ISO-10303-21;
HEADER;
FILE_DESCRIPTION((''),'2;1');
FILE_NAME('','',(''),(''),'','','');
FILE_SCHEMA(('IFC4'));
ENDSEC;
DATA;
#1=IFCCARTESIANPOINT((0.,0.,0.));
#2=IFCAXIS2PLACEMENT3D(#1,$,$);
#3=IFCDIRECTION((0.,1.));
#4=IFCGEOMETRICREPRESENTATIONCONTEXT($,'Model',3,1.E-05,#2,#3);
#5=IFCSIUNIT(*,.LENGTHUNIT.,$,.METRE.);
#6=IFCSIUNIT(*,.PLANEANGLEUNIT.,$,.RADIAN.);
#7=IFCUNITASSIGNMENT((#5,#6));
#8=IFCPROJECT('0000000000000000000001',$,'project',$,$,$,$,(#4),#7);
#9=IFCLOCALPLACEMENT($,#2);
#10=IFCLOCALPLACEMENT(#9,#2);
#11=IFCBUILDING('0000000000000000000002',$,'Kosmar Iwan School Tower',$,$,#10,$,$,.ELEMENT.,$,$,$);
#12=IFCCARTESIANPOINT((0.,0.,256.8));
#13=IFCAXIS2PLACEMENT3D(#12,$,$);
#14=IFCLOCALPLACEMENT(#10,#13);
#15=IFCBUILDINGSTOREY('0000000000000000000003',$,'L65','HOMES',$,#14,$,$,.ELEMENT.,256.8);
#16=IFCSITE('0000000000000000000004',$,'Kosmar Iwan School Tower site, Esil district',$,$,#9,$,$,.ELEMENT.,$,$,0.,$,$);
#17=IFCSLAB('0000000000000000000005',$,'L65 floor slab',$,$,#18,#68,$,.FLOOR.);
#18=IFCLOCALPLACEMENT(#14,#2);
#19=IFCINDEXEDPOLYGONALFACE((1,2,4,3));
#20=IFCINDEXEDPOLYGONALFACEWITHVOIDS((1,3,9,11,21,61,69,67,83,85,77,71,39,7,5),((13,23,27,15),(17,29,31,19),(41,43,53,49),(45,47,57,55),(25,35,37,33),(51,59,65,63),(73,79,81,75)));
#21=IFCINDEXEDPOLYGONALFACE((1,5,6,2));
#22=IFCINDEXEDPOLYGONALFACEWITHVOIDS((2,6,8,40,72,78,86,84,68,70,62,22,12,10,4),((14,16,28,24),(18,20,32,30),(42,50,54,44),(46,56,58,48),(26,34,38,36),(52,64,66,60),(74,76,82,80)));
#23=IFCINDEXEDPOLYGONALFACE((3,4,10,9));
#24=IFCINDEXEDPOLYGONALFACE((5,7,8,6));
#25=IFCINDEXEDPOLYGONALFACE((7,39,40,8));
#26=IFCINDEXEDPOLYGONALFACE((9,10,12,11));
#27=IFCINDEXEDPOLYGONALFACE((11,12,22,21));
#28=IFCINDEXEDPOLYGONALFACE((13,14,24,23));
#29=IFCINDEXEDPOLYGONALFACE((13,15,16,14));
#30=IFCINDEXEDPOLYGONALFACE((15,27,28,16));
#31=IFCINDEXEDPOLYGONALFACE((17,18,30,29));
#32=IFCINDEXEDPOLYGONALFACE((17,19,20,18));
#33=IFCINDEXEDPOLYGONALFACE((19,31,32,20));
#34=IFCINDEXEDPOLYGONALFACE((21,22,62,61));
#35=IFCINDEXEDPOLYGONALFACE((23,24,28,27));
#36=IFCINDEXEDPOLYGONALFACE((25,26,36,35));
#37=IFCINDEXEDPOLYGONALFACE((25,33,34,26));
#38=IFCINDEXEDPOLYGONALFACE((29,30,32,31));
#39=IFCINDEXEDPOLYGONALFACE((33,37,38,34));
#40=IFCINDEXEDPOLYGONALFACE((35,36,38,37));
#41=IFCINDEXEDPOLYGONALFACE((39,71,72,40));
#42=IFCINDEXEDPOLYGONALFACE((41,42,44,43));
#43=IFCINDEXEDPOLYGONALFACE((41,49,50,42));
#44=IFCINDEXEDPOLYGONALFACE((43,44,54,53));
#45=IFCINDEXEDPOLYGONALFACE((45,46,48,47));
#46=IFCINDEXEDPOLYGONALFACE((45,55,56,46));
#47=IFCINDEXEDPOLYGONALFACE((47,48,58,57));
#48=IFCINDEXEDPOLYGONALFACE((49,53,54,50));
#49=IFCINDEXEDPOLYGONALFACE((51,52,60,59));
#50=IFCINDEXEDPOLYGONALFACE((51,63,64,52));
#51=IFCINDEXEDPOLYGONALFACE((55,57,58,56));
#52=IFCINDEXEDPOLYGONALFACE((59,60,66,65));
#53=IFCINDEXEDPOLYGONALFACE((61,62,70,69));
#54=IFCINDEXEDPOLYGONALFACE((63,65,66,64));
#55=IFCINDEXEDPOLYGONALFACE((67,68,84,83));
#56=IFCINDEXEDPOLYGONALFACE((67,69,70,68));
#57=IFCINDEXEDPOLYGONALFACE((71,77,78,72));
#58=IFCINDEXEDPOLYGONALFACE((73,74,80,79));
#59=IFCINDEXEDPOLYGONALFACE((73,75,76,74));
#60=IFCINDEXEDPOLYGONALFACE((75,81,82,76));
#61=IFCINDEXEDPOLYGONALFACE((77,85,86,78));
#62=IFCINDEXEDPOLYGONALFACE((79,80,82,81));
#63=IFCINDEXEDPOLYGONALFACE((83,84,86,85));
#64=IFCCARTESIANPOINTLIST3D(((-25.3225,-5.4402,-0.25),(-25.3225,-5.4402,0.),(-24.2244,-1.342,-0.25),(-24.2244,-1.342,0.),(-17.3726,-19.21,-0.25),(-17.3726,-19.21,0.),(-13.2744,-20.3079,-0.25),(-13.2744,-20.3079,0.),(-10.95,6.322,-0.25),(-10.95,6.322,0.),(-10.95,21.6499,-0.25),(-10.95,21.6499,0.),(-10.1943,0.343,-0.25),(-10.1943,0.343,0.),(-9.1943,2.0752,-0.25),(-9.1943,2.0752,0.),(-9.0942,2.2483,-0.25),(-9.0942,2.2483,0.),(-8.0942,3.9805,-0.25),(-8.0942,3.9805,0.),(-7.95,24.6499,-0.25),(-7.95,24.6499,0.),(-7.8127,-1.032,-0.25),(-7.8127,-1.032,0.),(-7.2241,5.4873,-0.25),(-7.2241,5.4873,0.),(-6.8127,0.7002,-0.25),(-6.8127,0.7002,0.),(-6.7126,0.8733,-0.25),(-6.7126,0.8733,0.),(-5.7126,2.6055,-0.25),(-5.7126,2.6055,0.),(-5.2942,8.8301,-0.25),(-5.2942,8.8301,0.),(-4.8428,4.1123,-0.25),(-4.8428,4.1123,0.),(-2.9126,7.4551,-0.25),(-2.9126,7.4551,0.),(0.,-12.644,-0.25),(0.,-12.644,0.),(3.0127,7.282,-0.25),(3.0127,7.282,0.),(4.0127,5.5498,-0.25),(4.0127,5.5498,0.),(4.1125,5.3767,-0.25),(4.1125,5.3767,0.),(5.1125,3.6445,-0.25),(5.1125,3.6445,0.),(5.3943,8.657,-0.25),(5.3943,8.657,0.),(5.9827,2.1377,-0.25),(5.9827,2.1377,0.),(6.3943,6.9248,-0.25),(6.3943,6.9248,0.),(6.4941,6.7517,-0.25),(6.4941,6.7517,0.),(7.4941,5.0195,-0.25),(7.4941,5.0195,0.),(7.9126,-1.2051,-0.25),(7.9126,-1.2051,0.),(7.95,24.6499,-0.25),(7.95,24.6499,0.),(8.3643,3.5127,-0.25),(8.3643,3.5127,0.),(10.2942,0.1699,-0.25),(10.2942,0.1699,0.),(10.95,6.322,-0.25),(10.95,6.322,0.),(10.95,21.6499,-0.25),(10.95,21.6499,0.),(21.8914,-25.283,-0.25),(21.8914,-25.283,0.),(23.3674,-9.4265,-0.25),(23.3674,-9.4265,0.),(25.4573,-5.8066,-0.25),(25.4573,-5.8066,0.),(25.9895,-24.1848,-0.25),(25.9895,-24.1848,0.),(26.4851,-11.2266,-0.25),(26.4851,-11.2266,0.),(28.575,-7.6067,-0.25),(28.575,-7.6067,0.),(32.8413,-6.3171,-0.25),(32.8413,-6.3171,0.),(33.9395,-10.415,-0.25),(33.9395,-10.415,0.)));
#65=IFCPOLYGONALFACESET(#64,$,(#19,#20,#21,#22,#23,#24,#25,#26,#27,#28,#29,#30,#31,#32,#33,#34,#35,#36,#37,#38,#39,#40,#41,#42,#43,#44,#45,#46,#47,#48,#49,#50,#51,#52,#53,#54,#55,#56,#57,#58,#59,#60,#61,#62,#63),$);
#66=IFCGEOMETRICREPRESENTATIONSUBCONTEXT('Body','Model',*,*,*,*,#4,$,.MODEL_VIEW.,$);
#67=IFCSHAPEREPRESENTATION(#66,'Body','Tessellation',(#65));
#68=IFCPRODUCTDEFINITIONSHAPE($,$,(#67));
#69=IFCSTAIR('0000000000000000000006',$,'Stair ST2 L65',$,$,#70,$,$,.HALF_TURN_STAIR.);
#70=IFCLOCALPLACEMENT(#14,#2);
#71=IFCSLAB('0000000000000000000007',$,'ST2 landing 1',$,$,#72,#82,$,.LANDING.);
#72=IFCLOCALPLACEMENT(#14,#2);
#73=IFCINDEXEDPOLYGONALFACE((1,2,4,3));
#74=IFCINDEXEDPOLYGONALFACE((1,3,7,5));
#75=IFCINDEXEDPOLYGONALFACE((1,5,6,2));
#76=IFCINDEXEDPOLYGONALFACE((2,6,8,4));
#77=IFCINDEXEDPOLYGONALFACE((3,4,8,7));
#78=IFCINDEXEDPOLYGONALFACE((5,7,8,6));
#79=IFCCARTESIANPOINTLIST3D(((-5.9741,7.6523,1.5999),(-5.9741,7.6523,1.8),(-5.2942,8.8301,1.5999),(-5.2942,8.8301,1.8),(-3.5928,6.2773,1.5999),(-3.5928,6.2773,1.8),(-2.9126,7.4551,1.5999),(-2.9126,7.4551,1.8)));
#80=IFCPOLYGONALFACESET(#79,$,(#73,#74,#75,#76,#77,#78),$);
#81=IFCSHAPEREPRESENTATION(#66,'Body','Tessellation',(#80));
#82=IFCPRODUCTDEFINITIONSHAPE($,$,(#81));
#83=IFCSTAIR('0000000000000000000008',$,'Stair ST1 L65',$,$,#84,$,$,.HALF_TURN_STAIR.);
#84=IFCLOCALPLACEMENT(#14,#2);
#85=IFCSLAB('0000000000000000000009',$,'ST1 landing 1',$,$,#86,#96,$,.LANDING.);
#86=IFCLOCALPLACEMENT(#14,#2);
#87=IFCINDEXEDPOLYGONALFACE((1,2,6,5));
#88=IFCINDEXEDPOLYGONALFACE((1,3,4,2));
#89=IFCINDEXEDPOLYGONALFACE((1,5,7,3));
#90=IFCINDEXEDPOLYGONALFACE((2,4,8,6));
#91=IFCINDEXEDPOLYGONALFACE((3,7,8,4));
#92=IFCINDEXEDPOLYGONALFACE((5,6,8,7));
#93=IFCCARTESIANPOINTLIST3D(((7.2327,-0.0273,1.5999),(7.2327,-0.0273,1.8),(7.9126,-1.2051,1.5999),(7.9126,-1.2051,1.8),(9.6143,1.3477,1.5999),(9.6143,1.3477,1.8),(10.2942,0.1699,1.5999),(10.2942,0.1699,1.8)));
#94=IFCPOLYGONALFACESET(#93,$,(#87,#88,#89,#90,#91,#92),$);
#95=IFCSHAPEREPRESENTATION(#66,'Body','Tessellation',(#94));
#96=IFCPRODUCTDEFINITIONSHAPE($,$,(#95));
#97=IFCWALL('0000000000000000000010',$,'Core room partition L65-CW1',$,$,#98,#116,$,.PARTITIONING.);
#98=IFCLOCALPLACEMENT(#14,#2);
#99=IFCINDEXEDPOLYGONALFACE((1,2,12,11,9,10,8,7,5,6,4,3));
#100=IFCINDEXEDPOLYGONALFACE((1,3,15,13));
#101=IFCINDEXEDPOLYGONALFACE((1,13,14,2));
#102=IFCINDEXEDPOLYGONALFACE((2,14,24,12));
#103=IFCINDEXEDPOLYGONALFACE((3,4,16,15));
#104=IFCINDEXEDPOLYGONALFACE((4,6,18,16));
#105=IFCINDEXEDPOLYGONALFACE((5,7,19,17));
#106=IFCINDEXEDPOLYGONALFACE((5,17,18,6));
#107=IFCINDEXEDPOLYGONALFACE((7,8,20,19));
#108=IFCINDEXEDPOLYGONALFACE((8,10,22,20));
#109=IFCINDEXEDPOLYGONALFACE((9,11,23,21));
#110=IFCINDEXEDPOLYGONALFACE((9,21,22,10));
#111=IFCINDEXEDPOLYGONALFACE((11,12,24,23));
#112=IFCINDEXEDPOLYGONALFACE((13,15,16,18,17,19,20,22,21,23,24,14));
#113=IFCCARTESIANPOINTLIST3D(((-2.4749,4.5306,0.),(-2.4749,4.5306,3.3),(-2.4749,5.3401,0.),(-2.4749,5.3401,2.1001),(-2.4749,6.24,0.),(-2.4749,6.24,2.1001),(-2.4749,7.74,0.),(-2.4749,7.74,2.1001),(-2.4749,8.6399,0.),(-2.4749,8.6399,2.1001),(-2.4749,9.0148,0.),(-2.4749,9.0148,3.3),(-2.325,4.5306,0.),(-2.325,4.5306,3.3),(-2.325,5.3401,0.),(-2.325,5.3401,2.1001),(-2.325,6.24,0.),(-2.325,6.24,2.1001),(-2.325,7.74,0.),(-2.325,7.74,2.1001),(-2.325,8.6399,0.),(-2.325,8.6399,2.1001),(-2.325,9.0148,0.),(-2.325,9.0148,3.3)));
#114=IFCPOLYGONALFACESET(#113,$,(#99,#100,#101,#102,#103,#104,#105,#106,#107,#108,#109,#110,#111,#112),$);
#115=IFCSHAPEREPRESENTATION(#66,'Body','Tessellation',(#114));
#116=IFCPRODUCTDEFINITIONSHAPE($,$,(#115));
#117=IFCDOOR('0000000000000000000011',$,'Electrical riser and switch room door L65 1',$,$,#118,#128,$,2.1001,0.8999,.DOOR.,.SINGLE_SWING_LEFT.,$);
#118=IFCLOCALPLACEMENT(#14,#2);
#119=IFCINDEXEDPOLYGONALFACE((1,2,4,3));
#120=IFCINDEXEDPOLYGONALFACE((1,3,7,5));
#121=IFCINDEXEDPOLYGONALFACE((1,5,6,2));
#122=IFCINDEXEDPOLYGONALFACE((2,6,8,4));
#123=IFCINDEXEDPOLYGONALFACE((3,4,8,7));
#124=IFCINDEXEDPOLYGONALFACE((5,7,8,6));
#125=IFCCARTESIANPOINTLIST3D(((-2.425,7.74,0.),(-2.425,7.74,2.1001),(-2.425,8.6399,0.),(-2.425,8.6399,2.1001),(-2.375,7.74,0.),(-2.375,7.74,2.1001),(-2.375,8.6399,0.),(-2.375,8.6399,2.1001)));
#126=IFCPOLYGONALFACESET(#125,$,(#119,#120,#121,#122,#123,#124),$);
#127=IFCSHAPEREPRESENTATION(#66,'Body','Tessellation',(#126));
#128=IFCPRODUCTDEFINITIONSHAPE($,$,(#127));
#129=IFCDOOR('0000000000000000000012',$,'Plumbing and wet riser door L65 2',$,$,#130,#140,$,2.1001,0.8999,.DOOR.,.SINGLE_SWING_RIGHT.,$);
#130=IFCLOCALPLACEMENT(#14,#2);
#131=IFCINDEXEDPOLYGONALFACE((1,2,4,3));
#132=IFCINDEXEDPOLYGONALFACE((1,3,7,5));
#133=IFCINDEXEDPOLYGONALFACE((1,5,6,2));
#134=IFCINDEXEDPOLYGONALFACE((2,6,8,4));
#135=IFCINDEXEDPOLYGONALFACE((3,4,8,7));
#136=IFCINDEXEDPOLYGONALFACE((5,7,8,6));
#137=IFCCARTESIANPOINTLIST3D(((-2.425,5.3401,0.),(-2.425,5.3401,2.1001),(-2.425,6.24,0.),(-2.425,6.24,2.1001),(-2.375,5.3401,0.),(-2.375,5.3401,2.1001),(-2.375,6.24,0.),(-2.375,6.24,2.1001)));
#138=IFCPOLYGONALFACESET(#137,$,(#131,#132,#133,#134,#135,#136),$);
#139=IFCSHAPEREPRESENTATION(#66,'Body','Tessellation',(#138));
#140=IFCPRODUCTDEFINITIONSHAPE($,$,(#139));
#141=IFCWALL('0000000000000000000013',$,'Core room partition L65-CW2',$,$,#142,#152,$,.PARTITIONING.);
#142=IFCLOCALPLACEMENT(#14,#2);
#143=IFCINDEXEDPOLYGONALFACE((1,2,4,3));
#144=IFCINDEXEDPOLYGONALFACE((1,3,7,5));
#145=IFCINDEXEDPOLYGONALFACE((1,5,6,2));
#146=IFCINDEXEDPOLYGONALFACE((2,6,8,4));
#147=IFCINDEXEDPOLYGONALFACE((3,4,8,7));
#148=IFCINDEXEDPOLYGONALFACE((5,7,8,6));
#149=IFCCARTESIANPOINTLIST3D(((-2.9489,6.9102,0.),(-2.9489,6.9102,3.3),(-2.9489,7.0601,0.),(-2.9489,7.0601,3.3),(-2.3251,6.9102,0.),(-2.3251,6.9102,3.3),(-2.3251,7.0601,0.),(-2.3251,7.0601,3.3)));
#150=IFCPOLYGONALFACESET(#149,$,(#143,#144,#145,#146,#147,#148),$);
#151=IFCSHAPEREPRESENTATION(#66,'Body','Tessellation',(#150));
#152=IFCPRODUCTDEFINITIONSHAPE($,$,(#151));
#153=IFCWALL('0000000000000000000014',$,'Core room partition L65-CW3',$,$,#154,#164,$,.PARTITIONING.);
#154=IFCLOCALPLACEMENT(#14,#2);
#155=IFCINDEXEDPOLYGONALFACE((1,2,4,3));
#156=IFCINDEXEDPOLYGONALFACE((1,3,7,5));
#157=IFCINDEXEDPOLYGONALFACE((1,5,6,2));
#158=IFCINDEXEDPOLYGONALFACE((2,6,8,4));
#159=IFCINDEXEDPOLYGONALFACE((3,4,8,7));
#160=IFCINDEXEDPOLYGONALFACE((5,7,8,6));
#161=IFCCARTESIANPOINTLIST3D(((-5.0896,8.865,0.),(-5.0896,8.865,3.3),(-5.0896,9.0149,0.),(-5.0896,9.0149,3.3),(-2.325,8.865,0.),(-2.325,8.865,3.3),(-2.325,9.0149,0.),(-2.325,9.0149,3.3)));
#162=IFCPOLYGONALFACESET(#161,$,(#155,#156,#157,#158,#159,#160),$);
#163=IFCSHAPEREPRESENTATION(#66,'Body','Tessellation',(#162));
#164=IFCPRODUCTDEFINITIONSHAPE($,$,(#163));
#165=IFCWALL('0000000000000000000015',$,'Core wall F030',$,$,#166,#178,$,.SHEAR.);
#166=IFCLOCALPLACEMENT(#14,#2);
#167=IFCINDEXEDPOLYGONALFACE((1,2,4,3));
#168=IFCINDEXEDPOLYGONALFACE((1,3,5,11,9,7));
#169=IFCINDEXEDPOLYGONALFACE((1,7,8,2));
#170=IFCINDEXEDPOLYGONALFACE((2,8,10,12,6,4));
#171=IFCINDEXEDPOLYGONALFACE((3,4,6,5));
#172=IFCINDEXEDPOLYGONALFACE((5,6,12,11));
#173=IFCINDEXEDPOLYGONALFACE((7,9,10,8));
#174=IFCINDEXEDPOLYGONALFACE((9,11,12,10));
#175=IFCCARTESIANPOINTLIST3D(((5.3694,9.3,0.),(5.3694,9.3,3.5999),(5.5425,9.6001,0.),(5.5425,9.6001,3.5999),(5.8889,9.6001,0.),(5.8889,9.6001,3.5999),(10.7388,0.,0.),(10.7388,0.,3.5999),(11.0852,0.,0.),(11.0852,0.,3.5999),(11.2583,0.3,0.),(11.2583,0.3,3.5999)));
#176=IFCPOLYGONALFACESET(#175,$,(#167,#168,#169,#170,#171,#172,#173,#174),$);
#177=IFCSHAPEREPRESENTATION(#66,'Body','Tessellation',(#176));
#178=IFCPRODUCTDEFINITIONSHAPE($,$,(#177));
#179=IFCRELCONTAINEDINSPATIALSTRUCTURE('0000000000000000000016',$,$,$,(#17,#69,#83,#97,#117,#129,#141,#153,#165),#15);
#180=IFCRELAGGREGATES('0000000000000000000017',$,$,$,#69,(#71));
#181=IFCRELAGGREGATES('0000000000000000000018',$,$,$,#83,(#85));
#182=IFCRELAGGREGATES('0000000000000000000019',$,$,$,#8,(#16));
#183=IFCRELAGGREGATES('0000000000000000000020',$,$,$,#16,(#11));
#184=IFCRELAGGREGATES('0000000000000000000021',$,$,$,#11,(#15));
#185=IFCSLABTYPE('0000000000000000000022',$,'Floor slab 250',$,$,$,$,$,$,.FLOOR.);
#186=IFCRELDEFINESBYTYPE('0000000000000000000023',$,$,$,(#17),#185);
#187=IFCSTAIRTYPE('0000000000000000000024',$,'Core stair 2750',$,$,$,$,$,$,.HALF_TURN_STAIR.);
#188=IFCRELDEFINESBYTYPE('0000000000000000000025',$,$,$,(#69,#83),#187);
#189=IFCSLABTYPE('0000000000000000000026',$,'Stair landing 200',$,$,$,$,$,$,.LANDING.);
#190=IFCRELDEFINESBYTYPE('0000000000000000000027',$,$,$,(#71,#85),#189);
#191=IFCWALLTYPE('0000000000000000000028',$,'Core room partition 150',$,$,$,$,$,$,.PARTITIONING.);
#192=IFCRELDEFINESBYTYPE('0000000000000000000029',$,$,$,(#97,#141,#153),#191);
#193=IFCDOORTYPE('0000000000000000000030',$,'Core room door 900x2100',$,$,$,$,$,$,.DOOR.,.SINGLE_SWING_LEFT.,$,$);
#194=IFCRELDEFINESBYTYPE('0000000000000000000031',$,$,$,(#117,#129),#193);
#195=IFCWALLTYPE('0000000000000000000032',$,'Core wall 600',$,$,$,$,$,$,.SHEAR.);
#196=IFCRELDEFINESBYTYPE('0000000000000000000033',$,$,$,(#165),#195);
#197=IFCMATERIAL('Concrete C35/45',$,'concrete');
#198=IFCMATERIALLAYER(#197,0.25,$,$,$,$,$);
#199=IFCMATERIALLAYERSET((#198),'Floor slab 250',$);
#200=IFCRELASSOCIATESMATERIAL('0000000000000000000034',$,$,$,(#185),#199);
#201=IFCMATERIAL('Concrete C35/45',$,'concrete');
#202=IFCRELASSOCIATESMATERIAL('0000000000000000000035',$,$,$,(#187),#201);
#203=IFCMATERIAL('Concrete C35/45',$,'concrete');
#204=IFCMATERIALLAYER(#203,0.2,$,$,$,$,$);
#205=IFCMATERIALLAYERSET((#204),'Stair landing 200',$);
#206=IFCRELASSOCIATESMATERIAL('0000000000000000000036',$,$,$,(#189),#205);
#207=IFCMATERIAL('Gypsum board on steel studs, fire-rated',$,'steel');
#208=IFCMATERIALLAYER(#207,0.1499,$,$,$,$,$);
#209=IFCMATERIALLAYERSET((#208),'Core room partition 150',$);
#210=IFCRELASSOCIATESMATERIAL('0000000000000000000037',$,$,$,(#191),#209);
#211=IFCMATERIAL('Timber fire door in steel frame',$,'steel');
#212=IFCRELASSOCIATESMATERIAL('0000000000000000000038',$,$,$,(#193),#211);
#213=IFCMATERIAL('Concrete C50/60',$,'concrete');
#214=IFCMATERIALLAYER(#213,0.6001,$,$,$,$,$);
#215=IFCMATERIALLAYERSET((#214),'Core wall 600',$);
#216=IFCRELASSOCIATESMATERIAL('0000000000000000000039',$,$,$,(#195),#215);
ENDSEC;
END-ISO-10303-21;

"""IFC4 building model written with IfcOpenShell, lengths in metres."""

from ifc_helpers import new_model, si_unit, direction, frame, frame_2d, origin, place, context, subcontext, project, spatial, polyline, rectangle, outline, extrude, material, layer, layer_set, type_object, element, fill, aggregate, save


model = new_model("IFC4")

# Units and contexts
model_context = context("Model", 3, precision=1e-05, world=origin(), true_north=direction((0.0, 1.0)))
body_context = subcontext(model_context, "Body", "Model", "MODEL_VIEW")
ifc_project = project(units=[si_unit("LENGTHUNIT", "METRE"), si_unit("PLANEANGLEUNIT", "RADIAN")], contexts=[model_context])

# Site, building, storey
site_placement = place(None, origin())
site = spatial("IfcSite", under=ifc_project, at=site_placement, Name="Kosmar Iwan School Tower site, Esil district", CompositionType="ELEMENT", RefElevation=0.0)
building_placement = place(site_placement, origin())
building = spatial("IfcBuilding", under=site, at=building_placement, Name="Kosmar Iwan School Tower", CompositionType="ELEMENT")
storey_placement = place(building_placement, frame((0.0, 0.0, 256.8)))
storey = spatial("IfcBuildingStorey", under=building, at=storey_placement, Name="L65", Description="HOMES", CompositionType="ELEMENT", Elevation=256.8)

# Slab
ifc_material_1 = material(Name="Concrete C35/45", Category="concrete")
ifc_layer_1 = layer(ifc_material_1, 0.25)
ifc_layer_set_1 = layer_set([ifc_layer_1], Name="Floor slab 250")
slab_type_1 = type_object("IfcSlabType", Name="Floor slab 250", PredefinedType="FLOOR", material=ifc_layer_set_1)
slab_1_placement = place(storey_placement, frame((0.0, 0.0, -0.25)))
element("IfcSlab", 1, at=slab_1_placement, inside=storey, type_object=slab_type_1, Name="L65 floor slab", PredefinedType="FLOOR", context=body_context, shape_type="SweptSolid", body=[
    extrude(outline(polyline([(21.8914, -25.283), (25.9895, -24.1848), (33.9395, -10.415), (32.8413, -6.3171), (10.95, 6.322), (10.95, 21.6499), (7.95, 24.6499), (-7.95, 24.6499), (-10.95, 21.6499), (-10.95, 6.322), (-24.2244, -1.342), (-25.3225, -5.4402), (-17.3726, -19.21), (-13.2744, -20.3079), (0.0, -12.644), (21.8914, -25.283)]), holes=[polyline([(7.9126, -1.2051), (10.2942, 0.1699), (8.3643, 3.5127), (5.9827, 2.1377), (7.9126, -1.2051)]), polyline([(-2.9126, 7.4551), (-5.2942, 8.8301), (-7.2241, 5.4873), (-4.8428, 4.1123), (-2.9126, 7.4551)]), polyline([(-5.7126, 2.6055), (-8.0942, 3.9805), (-9.0942, 2.2483), (-6.7126, 0.8733), (-5.7126, 2.6055)]), polyline([(-6.8127, 0.7002), (-9.1943, 2.0752), (-10.1943, 0.343), (-7.8127, -1.032), (-6.8127, 0.7002)]), polyline([(5.1125, 3.6445), (7.4941, 5.0195), (6.4941, 6.7517), (4.1125, 5.3767), (5.1125, 3.6445)]), polyline([(4.0127, 5.5498), (6.3943, 6.9248), (5.3943, 8.657), (3.0127, 7.282), (4.0127, 5.5498)]), polyline([(23.3674, -9.4265), (26.4851, -11.2266), (28.575, -7.6067), (25.4573, -5.8066), (23.3674, -9.4265)])]), origin(), (0.0, 0.0, 1.0), 0.25),
])

# Stairs, slabs
ifc_material_2 = material(Name="Concrete C35/45", Category="concrete")
stair_type = type_object("IfcStairType", Name="Core stair 2750", PredefinedType="HALF_TURN_STAIR", material=ifc_material_2)
stair_1_placement = place(storey_placement, origin())
stair_1 = element("IfcStair", 2, at=stair_1_placement, inside=storey, type_object=stair_type, Name="Stair ST2 L65", PredefinedType="HALF_TURN_STAIR")
ifc_material_3 = material(Name="Concrete C35/45", Category="concrete")
ifc_layer_2 = layer(ifc_material_3, 0.2)
ifc_layer_set_2 = layer_set([ifc_layer_2], Name="Stair landing 200")
slab_type_2 = type_object("IfcSlabType", Name="Stair landing 200", PredefinedType="LANDING", material=ifc_layer_set_2)
slab_2_placement = place(storey_placement, frame((0.0, 0.0, 1.5999)))
slab_2 = element("IfcSlab", 3, at=slab_2_placement, type_object=slab_type_2, Name="ST2 landing 1", PredefinedType="LANDING", context=body_context, shape_type="SweptSolid", body=[
    extrude(outline(polyline([(-2.9126, 7.4551), (-5.2942, 8.8301), (-5.9741, 7.6523), (-3.5928, 6.2773), (-2.9126, 7.4551)])), origin(), (0.0, 0.0, 1.0), 0.2002),
])
aggregate(stair_1, [slab_2])
stair_2_placement = place(storey_placement, origin())
stair_2 = element("IfcStair", 4, at=stair_2_placement, inside=storey, type_object=stair_type, Name="Stair ST1 L65", PredefinedType="HALF_TURN_STAIR")
slab_3_placement = place(storey_placement, frame((0.0, 0.0, 1.5999)))
slab_3 = element("IfcSlab", 5, at=slab_3_placement, type_object=slab_type_2, Name="ST1 landing 1", PredefinedType="LANDING", context=body_context, shape_type="SweptSolid", body=[
    extrude(outline(polyline([(7.9126, -1.2051), (10.2942, 0.1699), (9.6143, 1.3477), (7.2327, -0.0273), (7.9126, -1.2051)])), origin(), (0.0, 0.0, 1.0), 0.2002),
])
aggregate(stair_2, [slab_3])

# Wall, openings, doors
ifc_material_4 = material(Name="Gypsum board on steel studs, fire-rated", Category="steel")
ifc_layer_3 = layer(ifc_material_4, 0.1499)
ifc_layer_set_3 = layer_set([ifc_layer_3], Name="Core room partition 150")
wall_type_1 = type_object("IfcWallType", Name="Core room partition 150", PredefinedType="PARTITIONING", material=ifc_layer_set_3)
wall_1_placement = place(storey_placement, frame((-2.3999, 9.0149, 0.0), z_axis=(0.0, 0.0, 1.0), x_axis=(0.0, -1.0, 0.0)))
wall_1 = element("IfcWall", 6, at=wall_1_placement, inside=storey, type_object=wall_type_1, Name="Core room partition L65-CW1", PredefinedType="PARTITIONING", context=body_context, shape_type="SweptSolid", body=[
    extrude(rectangle(XDim=4.4841, YDim=0.1499, at=frame_2d((2.2422, 0.0))), origin(), (0.0, 0.0, 1.0), 3.3),
])
opening_1_placement = place(wall_1_placement, frame((0.375, 0.0, 0.0)))
opening_1 = element("IfcOpeningElement", 7, at=opening_1_placement, cuts=wall_1, PredefinedType="OPENING", context=body_context, shape_type="SweptSolid", body=[
    extrude(rectangle(XDim=0.8999, YDim=2.1001, at=frame_2d((0.45, 1.05))), frame((0.0, 0.0869, 0.0), z_axis=(0.0, -1.0, 0.0), x_axis=(1.0, 0.0, 0.0)), (0.0, 0.0, 1.0), 0.1738),
])
opening_2_placement = place(wall_1_placement, frame((2.7749, 0.0, 0.0)))
opening_2 = element("IfcOpeningElement", 8, at=opening_2_placement, cuts=wall_1, PredefinedType="OPENING", context=body_context, shape_type="SweptSolid", body=[
    extrude(rectangle(XDim=0.8999, YDim=2.1001, at=frame_2d((0.45, 1.05))), frame((0.0, 0.0869, 0.0), z_axis=(0.0, -1.0, 0.0), x_axis=(1.0, 0.0, 0.0)), (0.0, 0.0, 1.0), 0.1738),
])
ifc_material_5 = material(Name="Timber fire door in steel frame", Category="steel")
door_type_1 = type_object("IfcDoorType", Name="Core room door 900x2100", OperationType="SINGLE_SWING_LEFT", PredefinedType="DOOR", material=ifc_material_5)
door_1_placement = place(opening_1_placement, origin())
door_1 = element("IfcDoor", 9, at=door_1_placement, inside=storey, type_object=door_type_1, Name="Electrical riser and switch room door L65 1", OperationType="SINGLE_SWING_LEFT", OverallHeight=2.1001, OverallWidth=0.8999, PredefinedType="DOOR", context=body_context, shape_type="SweptSolid", body=[
    extrude(rectangle(XDim=0.8999, YDim=2.1001, at=frame_2d((0.45, 1.05))), frame((0.0, 0.0249, 0.0), z_axis=(0.0, -1.0, 0.0), x_axis=(1.0, 0.0, 0.0)), (0.0, 0.0, 1.0), 0.05),
])
fill(opening_1, door_1)
door_2_placement = place(opening_2_placement, origin())
door_2 = element("IfcDoor", 10, at=door_2_placement, inside=storey, type_object=door_type_1, Name="Plumbing and wet riser door L65 2", OperationType="SINGLE_SWING_RIGHT", OverallHeight=2.1001, OverallWidth=0.8999, PredefinedType="DOOR", context=body_context, shape_type="SweptSolid", body=[
    extrude(rectangle(XDim=0.8999, YDim=2.1001, at=frame_2d((0.45, 1.05))), frame((0.0, 0.0249, 0.0), z_axis=(0.0, -1.0, 0.0), x_axis=(1.0, 0.0, 0.0)), (0.0, 0.0, 1.0), 0.05),
])
fill(opening_2, door_2)

# Walls
wall_2_placement = place(storey_placement, frame((-2.325, 6.9851, 0.0), z_axis=(0.0, 0.0, 1.0), x_axis=(-1.0, 0.0, 0.0)))
element("IfcWall", 11, at=wall_2_placement, inside=storey, type_object=wall_type_1, Name="Core room partition L65-CW2", PredefinedType="PARTITIONING", context=body_context, shape_type="SweptSolid", body=[
    extrude(rectangle(XDim=0.6238, YDim=0.1499, at=frame_2d((0.312, 0.0))), origin(), (0.0, 0.0, 1.0), 3.3),
])
wall_3_placement = place(storey_placement, frame((-5.0896, 8.9399, 0.0), z_axis=(0.0, 0.0, 1.0), x_axis=(1.0, 0.0, 0.0)))
element("IfcWall", 12, at=wall_3_placement, inside=storey, type_object=wall_type_1, Name="Core room partition L65-CW3", PredefinedType="PARTITIONING", context=body_context, shape_type="SweptSolid", body=[
    extrude(rectangle(XDim=2.7646, YDim=0.1499, at=frame_2d((1.3823, 0.0))), origin(), (0.0, 0.0, 1.0), 3.3),
])
ifc_material_6 = material(Name="Concrete C50/60", Category="concrete")
ifc_layer_4 = layer(ifc_material_6, 0.6001)
ifc_layer_set_4 = layer_set([ifc_layer_4], Name="Core wall 600")
wall_type_2 = type_object("IfcWallType", Name="Core wall 600", PredefinedType="SHEAR", material=ifc_layer_set_4)
wall_4_placement = place(storey_placement, origin())
element("IfcWall", 13, at=wall_4_placement, inside=storey, type_object=wall_type_2, Name="Core wall F030", PredefinedType="SHEAR", context=body_context, shape_type="SweptSolid", body=[
    extrude(outline(polyline([(10.7388, 0.0), (11.0852, 0.0), (11.2583, 0.3), (5.8889, 9.6001), (5.5425, 9.6001), (5.3694, 9.3), (10.7388, 0.0)])), origin(), (0.0, 0.0, 1.0), 3.5999),
])

save(model, "model.ifc")
